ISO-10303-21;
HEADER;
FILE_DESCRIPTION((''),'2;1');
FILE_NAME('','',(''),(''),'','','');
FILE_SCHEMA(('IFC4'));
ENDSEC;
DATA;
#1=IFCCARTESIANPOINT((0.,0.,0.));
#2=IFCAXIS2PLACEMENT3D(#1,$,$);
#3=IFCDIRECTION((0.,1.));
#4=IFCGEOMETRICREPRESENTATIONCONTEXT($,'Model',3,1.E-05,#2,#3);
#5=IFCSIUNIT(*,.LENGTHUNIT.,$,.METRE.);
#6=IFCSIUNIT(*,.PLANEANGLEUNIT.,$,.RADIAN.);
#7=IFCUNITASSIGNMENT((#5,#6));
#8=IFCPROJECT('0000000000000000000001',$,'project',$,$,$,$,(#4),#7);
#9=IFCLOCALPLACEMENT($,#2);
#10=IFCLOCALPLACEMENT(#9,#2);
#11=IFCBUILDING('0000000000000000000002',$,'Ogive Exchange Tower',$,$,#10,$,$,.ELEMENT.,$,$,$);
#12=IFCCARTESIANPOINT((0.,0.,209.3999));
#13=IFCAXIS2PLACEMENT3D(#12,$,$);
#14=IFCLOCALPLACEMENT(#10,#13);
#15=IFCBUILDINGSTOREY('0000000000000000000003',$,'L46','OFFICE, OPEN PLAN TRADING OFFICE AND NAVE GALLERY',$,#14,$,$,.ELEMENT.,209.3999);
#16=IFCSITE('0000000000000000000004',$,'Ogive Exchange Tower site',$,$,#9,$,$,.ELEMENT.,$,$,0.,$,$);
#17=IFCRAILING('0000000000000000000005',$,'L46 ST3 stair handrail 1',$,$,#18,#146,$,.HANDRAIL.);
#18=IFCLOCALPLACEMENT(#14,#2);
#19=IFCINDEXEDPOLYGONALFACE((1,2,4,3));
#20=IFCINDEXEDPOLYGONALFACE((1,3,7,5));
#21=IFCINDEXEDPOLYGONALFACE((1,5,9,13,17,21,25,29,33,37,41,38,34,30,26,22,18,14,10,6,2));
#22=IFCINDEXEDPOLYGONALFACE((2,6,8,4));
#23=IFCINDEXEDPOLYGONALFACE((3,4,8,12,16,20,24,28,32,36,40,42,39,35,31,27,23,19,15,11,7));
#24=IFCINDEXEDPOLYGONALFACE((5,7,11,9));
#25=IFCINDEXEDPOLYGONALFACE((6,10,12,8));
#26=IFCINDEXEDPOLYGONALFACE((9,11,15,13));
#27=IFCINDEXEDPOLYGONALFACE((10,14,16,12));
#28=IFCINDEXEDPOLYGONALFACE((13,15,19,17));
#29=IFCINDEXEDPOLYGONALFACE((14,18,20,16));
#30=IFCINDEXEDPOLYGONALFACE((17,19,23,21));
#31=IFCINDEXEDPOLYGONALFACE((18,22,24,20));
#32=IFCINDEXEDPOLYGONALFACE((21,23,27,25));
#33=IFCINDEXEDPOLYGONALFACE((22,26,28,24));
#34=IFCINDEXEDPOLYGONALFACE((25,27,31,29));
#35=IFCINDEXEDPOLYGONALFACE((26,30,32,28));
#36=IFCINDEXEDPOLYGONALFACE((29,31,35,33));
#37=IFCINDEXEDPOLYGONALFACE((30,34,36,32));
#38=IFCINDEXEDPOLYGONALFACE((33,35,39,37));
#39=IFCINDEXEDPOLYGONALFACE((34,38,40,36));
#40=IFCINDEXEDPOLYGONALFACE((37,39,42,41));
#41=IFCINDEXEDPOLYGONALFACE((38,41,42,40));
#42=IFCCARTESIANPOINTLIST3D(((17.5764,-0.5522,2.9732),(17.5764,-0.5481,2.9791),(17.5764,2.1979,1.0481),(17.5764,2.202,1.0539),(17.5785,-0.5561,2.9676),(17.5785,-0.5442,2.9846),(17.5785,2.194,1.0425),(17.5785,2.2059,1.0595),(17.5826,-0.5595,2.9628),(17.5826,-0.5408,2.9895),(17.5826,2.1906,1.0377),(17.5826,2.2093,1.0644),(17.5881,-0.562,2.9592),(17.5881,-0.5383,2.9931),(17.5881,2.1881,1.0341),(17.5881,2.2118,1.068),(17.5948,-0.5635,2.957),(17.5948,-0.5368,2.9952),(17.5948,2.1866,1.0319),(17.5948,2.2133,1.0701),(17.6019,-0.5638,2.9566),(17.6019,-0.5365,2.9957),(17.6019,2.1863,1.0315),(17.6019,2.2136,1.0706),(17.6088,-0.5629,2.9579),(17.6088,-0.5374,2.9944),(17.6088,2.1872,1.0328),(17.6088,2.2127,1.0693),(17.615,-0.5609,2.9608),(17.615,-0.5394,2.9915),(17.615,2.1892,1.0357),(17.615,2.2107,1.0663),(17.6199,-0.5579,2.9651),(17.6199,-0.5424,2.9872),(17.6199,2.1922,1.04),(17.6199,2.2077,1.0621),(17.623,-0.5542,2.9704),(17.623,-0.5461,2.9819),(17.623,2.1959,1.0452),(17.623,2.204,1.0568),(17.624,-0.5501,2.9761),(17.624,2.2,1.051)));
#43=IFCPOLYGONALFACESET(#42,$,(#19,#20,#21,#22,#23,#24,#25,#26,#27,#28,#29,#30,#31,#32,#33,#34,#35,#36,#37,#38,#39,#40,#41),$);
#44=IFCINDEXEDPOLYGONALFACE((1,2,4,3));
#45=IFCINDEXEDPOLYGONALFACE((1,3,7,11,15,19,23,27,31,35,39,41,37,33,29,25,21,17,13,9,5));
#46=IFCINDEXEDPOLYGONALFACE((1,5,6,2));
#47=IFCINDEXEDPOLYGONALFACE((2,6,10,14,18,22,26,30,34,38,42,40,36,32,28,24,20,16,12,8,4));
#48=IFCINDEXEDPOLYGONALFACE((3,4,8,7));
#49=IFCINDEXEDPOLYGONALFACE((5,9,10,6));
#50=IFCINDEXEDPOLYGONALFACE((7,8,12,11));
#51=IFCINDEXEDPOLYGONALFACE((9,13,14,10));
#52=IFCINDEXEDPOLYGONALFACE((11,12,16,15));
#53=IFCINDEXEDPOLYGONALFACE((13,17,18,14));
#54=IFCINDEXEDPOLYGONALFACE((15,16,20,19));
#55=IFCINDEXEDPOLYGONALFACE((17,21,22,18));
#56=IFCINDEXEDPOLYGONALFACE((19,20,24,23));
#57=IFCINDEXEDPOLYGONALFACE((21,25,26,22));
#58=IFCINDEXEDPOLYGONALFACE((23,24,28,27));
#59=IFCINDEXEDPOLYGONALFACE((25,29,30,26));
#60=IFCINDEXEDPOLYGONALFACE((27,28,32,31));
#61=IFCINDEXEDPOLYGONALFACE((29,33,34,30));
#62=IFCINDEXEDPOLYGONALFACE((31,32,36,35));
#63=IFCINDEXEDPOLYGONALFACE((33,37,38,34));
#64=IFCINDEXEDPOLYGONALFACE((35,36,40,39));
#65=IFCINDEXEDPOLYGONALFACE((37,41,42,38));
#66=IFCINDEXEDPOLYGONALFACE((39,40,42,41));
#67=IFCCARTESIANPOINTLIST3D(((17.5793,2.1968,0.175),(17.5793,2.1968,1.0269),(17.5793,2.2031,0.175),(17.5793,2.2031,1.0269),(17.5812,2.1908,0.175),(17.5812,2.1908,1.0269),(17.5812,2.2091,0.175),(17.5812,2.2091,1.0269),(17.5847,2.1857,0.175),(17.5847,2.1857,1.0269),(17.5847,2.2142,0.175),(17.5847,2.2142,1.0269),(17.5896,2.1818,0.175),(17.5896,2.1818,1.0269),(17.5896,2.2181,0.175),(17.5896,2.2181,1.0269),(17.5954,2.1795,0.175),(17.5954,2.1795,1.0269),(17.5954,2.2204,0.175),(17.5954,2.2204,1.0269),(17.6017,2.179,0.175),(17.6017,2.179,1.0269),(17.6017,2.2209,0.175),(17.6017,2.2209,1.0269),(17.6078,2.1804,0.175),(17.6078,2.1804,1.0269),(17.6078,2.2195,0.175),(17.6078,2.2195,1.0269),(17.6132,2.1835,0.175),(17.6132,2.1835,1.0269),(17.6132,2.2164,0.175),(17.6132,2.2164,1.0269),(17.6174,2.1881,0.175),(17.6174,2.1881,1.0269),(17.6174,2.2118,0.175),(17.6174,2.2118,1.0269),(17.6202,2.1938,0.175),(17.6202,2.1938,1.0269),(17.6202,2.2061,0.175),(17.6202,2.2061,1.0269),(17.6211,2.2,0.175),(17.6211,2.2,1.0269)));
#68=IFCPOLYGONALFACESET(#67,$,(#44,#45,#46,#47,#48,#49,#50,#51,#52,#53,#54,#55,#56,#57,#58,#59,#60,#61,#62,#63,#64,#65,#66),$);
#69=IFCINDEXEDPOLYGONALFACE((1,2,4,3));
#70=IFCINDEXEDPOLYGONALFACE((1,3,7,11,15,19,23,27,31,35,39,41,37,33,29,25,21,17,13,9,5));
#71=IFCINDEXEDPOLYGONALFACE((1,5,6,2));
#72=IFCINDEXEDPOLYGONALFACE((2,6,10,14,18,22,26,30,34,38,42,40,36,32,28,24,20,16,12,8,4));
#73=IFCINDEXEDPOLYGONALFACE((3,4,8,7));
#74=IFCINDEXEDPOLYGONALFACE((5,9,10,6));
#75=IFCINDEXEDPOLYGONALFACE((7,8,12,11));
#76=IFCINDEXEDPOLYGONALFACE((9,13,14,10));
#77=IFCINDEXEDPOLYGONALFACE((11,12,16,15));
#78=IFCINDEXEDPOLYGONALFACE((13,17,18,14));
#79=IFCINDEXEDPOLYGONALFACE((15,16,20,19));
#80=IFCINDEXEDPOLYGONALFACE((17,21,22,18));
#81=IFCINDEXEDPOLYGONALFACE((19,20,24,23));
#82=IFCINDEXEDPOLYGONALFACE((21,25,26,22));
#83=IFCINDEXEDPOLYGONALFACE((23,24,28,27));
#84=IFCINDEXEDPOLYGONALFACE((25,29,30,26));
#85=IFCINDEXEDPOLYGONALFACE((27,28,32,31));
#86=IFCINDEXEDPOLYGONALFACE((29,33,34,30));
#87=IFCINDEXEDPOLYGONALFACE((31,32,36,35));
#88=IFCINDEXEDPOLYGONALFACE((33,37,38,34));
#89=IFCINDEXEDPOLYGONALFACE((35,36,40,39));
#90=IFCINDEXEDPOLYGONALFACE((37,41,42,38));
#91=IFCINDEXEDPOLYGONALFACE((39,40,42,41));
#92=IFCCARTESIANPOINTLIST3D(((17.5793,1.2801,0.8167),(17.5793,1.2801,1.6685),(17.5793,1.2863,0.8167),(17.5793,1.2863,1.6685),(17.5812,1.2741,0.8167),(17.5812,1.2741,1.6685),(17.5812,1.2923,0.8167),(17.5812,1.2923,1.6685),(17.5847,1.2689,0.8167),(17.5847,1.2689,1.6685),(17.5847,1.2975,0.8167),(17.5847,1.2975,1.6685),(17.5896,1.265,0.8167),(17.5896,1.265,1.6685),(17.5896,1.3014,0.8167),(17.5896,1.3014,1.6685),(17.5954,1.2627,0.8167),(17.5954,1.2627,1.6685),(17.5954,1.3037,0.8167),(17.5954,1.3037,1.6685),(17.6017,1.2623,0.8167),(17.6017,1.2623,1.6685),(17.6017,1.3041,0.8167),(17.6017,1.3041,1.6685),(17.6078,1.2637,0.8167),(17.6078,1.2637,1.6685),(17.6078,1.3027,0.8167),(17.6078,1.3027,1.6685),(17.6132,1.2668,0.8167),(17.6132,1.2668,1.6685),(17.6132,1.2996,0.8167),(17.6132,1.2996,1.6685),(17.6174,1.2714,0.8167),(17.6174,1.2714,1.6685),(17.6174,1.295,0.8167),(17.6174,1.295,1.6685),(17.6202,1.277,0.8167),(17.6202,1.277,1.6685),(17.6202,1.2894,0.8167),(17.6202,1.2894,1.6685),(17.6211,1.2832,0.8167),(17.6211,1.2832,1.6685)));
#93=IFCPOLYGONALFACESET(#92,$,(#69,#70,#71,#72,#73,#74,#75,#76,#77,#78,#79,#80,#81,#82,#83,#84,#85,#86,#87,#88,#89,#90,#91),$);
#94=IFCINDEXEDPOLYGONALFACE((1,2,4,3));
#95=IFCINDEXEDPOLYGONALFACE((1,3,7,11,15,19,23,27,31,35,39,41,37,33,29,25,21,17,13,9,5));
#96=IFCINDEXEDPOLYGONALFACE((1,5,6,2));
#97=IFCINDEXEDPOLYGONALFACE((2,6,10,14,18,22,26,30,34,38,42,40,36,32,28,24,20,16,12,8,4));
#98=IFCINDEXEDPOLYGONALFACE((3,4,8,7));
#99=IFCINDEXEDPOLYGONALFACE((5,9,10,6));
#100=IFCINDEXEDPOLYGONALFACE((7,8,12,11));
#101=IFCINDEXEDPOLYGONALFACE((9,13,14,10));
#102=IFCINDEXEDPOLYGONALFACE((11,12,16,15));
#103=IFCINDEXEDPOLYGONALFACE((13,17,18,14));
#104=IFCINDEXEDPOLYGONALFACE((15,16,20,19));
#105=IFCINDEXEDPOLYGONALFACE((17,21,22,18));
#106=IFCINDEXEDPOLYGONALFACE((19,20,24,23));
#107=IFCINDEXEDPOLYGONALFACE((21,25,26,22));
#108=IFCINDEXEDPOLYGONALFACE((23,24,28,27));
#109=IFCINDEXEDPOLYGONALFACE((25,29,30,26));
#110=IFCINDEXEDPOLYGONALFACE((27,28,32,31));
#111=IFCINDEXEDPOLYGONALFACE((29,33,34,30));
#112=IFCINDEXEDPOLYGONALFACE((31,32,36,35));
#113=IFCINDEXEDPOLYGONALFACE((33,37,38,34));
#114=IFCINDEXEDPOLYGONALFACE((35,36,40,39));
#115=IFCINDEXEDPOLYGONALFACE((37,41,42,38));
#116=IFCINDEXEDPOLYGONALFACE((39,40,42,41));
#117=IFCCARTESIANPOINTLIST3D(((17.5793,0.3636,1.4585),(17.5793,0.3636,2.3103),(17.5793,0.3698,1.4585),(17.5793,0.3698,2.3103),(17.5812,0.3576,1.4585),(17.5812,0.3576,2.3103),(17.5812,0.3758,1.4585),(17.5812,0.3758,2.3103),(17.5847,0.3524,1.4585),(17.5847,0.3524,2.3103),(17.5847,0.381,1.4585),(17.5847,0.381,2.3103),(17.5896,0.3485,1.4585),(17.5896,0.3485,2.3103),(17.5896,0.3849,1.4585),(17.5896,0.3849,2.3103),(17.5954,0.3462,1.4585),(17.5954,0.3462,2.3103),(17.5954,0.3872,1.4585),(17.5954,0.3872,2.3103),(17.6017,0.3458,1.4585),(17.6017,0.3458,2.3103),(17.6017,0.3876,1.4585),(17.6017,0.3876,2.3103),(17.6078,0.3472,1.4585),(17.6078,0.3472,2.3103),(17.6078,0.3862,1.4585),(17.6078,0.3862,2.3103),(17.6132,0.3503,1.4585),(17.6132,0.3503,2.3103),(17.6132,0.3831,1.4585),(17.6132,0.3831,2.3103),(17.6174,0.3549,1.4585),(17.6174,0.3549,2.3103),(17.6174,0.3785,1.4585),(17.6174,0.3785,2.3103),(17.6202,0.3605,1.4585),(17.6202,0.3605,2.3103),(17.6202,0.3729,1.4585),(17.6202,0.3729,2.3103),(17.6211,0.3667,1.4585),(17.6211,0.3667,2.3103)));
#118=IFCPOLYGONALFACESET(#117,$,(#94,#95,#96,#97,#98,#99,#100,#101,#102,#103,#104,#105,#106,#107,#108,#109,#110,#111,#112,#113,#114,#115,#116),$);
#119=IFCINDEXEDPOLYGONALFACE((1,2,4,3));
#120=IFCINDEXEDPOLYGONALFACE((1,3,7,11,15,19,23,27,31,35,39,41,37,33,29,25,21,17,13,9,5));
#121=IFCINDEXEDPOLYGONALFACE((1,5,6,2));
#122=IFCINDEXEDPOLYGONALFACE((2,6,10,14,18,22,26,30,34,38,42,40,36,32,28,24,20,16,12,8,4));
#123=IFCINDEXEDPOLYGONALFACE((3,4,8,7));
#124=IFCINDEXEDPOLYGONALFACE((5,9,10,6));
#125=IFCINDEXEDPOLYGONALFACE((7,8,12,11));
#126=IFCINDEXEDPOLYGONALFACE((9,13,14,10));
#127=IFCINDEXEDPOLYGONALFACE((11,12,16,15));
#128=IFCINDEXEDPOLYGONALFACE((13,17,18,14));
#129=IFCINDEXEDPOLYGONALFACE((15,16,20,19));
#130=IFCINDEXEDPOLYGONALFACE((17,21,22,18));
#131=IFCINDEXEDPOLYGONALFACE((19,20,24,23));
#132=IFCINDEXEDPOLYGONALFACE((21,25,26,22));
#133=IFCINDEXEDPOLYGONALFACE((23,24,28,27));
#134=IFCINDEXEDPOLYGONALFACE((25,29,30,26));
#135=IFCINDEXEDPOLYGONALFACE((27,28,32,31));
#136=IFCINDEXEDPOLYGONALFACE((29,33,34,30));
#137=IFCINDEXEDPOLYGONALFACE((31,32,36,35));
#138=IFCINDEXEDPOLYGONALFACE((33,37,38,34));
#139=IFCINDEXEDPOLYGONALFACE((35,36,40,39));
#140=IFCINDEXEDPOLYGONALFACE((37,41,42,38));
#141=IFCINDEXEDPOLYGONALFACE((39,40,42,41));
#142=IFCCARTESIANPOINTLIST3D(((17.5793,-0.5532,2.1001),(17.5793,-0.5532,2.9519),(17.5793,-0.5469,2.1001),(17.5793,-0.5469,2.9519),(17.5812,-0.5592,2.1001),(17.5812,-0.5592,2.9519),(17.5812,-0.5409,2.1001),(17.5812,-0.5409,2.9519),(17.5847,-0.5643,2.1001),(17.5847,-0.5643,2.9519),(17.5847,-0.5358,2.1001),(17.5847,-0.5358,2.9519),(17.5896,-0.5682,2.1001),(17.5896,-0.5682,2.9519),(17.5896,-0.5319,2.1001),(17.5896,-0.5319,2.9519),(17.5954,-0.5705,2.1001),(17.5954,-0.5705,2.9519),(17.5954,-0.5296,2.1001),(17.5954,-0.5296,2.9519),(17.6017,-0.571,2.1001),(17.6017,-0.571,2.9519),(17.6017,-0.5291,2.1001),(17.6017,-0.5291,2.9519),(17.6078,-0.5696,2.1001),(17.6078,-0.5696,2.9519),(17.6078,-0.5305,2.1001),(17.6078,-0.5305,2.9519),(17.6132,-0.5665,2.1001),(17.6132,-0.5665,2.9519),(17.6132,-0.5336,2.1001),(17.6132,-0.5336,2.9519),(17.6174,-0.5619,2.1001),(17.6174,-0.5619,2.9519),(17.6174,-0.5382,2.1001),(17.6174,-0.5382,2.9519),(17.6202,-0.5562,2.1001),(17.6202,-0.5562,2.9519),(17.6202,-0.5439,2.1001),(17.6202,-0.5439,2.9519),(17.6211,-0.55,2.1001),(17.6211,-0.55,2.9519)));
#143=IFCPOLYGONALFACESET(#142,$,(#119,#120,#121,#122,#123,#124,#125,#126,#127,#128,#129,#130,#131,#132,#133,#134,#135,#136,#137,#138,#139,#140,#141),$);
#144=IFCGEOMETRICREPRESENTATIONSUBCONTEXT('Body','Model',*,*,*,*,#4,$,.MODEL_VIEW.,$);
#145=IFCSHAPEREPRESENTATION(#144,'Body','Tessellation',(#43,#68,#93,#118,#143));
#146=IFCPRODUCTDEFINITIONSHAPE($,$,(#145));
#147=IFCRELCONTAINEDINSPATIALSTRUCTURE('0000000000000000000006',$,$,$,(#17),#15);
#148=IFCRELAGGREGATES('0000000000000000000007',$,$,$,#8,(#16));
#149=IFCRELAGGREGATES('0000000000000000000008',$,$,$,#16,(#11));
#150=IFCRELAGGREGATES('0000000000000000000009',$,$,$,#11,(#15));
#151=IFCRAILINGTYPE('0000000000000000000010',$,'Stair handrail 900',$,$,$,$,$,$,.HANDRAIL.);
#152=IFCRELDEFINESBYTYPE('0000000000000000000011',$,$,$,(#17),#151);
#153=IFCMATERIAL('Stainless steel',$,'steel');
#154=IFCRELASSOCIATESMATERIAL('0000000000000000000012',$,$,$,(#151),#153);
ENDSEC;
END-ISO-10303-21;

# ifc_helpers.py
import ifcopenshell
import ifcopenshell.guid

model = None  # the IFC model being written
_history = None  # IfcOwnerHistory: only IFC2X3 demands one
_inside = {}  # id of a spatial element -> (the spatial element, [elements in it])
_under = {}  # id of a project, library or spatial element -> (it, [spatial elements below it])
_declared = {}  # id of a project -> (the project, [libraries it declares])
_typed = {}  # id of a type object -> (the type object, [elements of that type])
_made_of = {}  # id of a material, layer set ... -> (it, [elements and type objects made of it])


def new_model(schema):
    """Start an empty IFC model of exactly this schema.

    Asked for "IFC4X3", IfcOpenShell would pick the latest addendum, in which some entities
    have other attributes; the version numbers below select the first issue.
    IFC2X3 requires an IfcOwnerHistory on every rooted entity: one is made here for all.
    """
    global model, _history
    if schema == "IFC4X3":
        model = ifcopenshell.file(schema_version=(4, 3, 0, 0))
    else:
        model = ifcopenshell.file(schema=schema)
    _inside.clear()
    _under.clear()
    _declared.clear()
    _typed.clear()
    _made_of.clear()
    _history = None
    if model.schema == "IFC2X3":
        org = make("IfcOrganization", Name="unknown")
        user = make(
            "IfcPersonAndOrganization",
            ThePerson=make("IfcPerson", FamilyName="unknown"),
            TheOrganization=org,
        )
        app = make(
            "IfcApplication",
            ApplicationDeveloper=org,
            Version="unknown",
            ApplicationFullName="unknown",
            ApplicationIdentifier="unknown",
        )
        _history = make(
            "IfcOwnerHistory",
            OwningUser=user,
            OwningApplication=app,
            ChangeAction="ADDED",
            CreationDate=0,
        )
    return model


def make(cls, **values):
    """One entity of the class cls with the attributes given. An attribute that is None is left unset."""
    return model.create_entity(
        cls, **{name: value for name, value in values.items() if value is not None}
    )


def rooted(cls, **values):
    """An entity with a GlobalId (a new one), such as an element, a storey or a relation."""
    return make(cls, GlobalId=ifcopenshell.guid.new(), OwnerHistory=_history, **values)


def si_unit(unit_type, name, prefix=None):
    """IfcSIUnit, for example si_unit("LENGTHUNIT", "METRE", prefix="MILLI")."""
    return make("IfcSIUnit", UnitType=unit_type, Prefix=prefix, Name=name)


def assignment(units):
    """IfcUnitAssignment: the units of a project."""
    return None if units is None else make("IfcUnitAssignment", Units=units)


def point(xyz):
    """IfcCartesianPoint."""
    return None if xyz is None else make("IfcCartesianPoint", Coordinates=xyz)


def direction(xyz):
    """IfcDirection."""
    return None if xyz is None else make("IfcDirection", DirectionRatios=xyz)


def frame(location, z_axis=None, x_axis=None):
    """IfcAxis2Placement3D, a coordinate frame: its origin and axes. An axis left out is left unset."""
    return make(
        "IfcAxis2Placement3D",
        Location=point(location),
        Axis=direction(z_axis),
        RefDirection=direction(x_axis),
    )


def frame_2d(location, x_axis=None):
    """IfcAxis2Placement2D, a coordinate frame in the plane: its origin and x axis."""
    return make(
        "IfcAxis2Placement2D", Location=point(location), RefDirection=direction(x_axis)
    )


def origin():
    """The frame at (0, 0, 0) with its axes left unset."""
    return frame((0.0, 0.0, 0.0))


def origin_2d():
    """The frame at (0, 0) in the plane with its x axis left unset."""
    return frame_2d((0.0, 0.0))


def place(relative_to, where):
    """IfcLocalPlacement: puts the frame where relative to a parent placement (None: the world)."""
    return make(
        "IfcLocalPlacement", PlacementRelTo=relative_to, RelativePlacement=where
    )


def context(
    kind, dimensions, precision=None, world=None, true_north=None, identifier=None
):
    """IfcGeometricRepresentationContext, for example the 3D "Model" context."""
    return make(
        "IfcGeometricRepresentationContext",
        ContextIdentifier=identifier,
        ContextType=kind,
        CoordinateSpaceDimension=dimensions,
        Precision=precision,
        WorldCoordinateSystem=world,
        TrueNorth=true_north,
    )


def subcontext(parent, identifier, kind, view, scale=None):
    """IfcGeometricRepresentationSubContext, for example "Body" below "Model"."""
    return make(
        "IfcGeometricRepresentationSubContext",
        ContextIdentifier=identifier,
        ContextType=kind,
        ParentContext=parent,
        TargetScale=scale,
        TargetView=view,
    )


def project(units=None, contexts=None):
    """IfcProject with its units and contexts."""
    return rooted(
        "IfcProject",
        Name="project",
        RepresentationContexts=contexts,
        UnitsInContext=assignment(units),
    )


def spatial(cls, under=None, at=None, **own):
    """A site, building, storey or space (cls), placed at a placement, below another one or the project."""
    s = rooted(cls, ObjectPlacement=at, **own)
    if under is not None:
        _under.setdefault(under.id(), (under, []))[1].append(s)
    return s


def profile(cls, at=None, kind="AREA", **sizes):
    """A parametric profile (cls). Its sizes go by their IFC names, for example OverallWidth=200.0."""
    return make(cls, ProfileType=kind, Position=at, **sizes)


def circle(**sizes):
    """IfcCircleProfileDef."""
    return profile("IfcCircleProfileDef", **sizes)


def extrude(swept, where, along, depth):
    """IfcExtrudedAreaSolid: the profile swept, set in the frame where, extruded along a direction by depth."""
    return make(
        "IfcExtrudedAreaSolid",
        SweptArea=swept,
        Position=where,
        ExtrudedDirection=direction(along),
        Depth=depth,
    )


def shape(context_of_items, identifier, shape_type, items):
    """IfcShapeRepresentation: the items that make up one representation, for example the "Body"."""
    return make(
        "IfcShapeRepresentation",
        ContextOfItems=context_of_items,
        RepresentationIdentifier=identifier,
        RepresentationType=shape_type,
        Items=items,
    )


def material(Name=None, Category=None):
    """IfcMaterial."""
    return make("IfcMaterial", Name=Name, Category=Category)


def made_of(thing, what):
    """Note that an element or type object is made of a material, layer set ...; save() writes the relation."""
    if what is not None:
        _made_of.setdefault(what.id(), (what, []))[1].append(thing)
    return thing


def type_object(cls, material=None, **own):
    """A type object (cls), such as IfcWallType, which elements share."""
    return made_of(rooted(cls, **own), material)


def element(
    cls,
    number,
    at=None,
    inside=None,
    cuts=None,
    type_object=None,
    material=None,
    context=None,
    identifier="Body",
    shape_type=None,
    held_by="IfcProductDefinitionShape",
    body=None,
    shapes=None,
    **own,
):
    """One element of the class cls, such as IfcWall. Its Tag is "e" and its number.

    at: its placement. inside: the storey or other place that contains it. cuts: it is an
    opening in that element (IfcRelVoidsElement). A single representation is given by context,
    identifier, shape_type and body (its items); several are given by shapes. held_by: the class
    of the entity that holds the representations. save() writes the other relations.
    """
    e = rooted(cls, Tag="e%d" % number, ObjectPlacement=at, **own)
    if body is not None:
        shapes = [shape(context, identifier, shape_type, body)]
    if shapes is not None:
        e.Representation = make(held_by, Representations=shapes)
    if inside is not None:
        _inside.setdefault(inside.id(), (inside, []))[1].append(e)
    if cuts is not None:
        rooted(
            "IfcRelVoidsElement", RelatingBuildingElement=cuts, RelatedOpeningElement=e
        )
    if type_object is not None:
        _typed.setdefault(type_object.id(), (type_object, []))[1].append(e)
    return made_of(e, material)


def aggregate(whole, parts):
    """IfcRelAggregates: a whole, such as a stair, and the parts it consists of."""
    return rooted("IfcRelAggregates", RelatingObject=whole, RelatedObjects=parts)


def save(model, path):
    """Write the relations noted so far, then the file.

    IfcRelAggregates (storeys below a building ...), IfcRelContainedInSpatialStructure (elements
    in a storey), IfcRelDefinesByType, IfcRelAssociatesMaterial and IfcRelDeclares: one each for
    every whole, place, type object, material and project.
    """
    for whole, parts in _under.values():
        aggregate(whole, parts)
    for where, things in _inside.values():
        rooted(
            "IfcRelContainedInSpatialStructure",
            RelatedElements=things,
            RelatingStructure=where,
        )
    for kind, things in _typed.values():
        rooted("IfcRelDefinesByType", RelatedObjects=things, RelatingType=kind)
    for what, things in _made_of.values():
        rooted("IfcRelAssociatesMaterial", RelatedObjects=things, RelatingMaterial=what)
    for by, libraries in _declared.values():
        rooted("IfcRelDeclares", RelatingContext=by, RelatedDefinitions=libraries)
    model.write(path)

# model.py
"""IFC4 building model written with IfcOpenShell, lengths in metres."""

from ifc_helpers import new_model, si_unit, direction, frame, origin, origin_2d, place, context, subcontext, project, spatial, circle, extrude, material, type_object, element, save


model = new_model("IFC4")

# Units and contexts
model_context = context("Model", 3, precision=1e-05, world=origin(), true_north=direction((0.0, 1.0)))
body_context = subcontext(model_context, "Body", "Model", "MODEL_VIEW")
ifc_project = project(units=[si_unit("LENGTHUNIT", "METRE"), si_unit("PLANEANGLEUNIT", "RADIAN")], contexts=[model_context])

# Site, building, storey
site_placement = place(None, origin())
site = spatial("IfcSite", under=ifc_project, at=site_placement, Name="Ogive Exchange Tower site", CompositionType="ELEMENT", RefElevation=0.0)
building_placement = place(site_placement, origin())
building = spatial("IfcBuilding", under=site, at=building_placement, Name="Ogive Exchange Tower", CompositionType="ELEMENT")
storey_placement = place(building_placement, frame((0.0, 0.0, 209.3999)))
storey = spatial("IfcBuildingStorey", under=building, at=storey_placement, Name="L46", Description="OFFICE, OPEN PLAN TRADING OFFICE AND NAVE GALLERY", CompositionType="ELEMENT", Elevation=209.3999)

# Shared definitions
ifc_material_1 = material(Name="Stainless steel", Category="steel")

# Railing
railing_type = type_object("IfcRailingType", Name="Stair handrail 900", PredefinedType="HANDRAIL", material=ifc_material_1)
railing_placement = place(storey_placement, frame((17.6001, 2.2, 0.175)))
element("IfcRailing", 1, at=railing_placement, inside=storey, type_object=railing_type, Name="L46 ST3 stair handrail 1", PredefinedType="HANDRAIL", context=body_context, shape_type="SweptSolid", body=[
    extrude(circle(Radius=0.0239, at=origin_2d()), frame((0.0, 0.0, 0.876), z_axis=(0.0, -0.819225, 0.573472), x_axis=(1.0, 0.0, 0.0)), (0.0, 0.0, 1.0), 3.3569),
    extrude(circle(Radius=0.021, at=origin_2d()), origin(), (0.0, 0.0, 1.0), 0.8518),
    extrude(circle(Radius=0.021, at=origin_2d()), frame((0.0, -0.9167, 0.6416)), (0.0, 0.0, 1.0), 0.8518),
    extrude(circle(Radius=0.021, at=origin_2d()), frame((0.0, -1.8333, 1.2834)), (0.0, 0.0, 1.0), 0.8518),
    extrude(circle(Radius=0.021, at=origin_2d()), frame((0.0, -2.75, 1.925)), (0.0, 0.0, 1.0), 0.8518),
])

save(model, "model.ifc")
